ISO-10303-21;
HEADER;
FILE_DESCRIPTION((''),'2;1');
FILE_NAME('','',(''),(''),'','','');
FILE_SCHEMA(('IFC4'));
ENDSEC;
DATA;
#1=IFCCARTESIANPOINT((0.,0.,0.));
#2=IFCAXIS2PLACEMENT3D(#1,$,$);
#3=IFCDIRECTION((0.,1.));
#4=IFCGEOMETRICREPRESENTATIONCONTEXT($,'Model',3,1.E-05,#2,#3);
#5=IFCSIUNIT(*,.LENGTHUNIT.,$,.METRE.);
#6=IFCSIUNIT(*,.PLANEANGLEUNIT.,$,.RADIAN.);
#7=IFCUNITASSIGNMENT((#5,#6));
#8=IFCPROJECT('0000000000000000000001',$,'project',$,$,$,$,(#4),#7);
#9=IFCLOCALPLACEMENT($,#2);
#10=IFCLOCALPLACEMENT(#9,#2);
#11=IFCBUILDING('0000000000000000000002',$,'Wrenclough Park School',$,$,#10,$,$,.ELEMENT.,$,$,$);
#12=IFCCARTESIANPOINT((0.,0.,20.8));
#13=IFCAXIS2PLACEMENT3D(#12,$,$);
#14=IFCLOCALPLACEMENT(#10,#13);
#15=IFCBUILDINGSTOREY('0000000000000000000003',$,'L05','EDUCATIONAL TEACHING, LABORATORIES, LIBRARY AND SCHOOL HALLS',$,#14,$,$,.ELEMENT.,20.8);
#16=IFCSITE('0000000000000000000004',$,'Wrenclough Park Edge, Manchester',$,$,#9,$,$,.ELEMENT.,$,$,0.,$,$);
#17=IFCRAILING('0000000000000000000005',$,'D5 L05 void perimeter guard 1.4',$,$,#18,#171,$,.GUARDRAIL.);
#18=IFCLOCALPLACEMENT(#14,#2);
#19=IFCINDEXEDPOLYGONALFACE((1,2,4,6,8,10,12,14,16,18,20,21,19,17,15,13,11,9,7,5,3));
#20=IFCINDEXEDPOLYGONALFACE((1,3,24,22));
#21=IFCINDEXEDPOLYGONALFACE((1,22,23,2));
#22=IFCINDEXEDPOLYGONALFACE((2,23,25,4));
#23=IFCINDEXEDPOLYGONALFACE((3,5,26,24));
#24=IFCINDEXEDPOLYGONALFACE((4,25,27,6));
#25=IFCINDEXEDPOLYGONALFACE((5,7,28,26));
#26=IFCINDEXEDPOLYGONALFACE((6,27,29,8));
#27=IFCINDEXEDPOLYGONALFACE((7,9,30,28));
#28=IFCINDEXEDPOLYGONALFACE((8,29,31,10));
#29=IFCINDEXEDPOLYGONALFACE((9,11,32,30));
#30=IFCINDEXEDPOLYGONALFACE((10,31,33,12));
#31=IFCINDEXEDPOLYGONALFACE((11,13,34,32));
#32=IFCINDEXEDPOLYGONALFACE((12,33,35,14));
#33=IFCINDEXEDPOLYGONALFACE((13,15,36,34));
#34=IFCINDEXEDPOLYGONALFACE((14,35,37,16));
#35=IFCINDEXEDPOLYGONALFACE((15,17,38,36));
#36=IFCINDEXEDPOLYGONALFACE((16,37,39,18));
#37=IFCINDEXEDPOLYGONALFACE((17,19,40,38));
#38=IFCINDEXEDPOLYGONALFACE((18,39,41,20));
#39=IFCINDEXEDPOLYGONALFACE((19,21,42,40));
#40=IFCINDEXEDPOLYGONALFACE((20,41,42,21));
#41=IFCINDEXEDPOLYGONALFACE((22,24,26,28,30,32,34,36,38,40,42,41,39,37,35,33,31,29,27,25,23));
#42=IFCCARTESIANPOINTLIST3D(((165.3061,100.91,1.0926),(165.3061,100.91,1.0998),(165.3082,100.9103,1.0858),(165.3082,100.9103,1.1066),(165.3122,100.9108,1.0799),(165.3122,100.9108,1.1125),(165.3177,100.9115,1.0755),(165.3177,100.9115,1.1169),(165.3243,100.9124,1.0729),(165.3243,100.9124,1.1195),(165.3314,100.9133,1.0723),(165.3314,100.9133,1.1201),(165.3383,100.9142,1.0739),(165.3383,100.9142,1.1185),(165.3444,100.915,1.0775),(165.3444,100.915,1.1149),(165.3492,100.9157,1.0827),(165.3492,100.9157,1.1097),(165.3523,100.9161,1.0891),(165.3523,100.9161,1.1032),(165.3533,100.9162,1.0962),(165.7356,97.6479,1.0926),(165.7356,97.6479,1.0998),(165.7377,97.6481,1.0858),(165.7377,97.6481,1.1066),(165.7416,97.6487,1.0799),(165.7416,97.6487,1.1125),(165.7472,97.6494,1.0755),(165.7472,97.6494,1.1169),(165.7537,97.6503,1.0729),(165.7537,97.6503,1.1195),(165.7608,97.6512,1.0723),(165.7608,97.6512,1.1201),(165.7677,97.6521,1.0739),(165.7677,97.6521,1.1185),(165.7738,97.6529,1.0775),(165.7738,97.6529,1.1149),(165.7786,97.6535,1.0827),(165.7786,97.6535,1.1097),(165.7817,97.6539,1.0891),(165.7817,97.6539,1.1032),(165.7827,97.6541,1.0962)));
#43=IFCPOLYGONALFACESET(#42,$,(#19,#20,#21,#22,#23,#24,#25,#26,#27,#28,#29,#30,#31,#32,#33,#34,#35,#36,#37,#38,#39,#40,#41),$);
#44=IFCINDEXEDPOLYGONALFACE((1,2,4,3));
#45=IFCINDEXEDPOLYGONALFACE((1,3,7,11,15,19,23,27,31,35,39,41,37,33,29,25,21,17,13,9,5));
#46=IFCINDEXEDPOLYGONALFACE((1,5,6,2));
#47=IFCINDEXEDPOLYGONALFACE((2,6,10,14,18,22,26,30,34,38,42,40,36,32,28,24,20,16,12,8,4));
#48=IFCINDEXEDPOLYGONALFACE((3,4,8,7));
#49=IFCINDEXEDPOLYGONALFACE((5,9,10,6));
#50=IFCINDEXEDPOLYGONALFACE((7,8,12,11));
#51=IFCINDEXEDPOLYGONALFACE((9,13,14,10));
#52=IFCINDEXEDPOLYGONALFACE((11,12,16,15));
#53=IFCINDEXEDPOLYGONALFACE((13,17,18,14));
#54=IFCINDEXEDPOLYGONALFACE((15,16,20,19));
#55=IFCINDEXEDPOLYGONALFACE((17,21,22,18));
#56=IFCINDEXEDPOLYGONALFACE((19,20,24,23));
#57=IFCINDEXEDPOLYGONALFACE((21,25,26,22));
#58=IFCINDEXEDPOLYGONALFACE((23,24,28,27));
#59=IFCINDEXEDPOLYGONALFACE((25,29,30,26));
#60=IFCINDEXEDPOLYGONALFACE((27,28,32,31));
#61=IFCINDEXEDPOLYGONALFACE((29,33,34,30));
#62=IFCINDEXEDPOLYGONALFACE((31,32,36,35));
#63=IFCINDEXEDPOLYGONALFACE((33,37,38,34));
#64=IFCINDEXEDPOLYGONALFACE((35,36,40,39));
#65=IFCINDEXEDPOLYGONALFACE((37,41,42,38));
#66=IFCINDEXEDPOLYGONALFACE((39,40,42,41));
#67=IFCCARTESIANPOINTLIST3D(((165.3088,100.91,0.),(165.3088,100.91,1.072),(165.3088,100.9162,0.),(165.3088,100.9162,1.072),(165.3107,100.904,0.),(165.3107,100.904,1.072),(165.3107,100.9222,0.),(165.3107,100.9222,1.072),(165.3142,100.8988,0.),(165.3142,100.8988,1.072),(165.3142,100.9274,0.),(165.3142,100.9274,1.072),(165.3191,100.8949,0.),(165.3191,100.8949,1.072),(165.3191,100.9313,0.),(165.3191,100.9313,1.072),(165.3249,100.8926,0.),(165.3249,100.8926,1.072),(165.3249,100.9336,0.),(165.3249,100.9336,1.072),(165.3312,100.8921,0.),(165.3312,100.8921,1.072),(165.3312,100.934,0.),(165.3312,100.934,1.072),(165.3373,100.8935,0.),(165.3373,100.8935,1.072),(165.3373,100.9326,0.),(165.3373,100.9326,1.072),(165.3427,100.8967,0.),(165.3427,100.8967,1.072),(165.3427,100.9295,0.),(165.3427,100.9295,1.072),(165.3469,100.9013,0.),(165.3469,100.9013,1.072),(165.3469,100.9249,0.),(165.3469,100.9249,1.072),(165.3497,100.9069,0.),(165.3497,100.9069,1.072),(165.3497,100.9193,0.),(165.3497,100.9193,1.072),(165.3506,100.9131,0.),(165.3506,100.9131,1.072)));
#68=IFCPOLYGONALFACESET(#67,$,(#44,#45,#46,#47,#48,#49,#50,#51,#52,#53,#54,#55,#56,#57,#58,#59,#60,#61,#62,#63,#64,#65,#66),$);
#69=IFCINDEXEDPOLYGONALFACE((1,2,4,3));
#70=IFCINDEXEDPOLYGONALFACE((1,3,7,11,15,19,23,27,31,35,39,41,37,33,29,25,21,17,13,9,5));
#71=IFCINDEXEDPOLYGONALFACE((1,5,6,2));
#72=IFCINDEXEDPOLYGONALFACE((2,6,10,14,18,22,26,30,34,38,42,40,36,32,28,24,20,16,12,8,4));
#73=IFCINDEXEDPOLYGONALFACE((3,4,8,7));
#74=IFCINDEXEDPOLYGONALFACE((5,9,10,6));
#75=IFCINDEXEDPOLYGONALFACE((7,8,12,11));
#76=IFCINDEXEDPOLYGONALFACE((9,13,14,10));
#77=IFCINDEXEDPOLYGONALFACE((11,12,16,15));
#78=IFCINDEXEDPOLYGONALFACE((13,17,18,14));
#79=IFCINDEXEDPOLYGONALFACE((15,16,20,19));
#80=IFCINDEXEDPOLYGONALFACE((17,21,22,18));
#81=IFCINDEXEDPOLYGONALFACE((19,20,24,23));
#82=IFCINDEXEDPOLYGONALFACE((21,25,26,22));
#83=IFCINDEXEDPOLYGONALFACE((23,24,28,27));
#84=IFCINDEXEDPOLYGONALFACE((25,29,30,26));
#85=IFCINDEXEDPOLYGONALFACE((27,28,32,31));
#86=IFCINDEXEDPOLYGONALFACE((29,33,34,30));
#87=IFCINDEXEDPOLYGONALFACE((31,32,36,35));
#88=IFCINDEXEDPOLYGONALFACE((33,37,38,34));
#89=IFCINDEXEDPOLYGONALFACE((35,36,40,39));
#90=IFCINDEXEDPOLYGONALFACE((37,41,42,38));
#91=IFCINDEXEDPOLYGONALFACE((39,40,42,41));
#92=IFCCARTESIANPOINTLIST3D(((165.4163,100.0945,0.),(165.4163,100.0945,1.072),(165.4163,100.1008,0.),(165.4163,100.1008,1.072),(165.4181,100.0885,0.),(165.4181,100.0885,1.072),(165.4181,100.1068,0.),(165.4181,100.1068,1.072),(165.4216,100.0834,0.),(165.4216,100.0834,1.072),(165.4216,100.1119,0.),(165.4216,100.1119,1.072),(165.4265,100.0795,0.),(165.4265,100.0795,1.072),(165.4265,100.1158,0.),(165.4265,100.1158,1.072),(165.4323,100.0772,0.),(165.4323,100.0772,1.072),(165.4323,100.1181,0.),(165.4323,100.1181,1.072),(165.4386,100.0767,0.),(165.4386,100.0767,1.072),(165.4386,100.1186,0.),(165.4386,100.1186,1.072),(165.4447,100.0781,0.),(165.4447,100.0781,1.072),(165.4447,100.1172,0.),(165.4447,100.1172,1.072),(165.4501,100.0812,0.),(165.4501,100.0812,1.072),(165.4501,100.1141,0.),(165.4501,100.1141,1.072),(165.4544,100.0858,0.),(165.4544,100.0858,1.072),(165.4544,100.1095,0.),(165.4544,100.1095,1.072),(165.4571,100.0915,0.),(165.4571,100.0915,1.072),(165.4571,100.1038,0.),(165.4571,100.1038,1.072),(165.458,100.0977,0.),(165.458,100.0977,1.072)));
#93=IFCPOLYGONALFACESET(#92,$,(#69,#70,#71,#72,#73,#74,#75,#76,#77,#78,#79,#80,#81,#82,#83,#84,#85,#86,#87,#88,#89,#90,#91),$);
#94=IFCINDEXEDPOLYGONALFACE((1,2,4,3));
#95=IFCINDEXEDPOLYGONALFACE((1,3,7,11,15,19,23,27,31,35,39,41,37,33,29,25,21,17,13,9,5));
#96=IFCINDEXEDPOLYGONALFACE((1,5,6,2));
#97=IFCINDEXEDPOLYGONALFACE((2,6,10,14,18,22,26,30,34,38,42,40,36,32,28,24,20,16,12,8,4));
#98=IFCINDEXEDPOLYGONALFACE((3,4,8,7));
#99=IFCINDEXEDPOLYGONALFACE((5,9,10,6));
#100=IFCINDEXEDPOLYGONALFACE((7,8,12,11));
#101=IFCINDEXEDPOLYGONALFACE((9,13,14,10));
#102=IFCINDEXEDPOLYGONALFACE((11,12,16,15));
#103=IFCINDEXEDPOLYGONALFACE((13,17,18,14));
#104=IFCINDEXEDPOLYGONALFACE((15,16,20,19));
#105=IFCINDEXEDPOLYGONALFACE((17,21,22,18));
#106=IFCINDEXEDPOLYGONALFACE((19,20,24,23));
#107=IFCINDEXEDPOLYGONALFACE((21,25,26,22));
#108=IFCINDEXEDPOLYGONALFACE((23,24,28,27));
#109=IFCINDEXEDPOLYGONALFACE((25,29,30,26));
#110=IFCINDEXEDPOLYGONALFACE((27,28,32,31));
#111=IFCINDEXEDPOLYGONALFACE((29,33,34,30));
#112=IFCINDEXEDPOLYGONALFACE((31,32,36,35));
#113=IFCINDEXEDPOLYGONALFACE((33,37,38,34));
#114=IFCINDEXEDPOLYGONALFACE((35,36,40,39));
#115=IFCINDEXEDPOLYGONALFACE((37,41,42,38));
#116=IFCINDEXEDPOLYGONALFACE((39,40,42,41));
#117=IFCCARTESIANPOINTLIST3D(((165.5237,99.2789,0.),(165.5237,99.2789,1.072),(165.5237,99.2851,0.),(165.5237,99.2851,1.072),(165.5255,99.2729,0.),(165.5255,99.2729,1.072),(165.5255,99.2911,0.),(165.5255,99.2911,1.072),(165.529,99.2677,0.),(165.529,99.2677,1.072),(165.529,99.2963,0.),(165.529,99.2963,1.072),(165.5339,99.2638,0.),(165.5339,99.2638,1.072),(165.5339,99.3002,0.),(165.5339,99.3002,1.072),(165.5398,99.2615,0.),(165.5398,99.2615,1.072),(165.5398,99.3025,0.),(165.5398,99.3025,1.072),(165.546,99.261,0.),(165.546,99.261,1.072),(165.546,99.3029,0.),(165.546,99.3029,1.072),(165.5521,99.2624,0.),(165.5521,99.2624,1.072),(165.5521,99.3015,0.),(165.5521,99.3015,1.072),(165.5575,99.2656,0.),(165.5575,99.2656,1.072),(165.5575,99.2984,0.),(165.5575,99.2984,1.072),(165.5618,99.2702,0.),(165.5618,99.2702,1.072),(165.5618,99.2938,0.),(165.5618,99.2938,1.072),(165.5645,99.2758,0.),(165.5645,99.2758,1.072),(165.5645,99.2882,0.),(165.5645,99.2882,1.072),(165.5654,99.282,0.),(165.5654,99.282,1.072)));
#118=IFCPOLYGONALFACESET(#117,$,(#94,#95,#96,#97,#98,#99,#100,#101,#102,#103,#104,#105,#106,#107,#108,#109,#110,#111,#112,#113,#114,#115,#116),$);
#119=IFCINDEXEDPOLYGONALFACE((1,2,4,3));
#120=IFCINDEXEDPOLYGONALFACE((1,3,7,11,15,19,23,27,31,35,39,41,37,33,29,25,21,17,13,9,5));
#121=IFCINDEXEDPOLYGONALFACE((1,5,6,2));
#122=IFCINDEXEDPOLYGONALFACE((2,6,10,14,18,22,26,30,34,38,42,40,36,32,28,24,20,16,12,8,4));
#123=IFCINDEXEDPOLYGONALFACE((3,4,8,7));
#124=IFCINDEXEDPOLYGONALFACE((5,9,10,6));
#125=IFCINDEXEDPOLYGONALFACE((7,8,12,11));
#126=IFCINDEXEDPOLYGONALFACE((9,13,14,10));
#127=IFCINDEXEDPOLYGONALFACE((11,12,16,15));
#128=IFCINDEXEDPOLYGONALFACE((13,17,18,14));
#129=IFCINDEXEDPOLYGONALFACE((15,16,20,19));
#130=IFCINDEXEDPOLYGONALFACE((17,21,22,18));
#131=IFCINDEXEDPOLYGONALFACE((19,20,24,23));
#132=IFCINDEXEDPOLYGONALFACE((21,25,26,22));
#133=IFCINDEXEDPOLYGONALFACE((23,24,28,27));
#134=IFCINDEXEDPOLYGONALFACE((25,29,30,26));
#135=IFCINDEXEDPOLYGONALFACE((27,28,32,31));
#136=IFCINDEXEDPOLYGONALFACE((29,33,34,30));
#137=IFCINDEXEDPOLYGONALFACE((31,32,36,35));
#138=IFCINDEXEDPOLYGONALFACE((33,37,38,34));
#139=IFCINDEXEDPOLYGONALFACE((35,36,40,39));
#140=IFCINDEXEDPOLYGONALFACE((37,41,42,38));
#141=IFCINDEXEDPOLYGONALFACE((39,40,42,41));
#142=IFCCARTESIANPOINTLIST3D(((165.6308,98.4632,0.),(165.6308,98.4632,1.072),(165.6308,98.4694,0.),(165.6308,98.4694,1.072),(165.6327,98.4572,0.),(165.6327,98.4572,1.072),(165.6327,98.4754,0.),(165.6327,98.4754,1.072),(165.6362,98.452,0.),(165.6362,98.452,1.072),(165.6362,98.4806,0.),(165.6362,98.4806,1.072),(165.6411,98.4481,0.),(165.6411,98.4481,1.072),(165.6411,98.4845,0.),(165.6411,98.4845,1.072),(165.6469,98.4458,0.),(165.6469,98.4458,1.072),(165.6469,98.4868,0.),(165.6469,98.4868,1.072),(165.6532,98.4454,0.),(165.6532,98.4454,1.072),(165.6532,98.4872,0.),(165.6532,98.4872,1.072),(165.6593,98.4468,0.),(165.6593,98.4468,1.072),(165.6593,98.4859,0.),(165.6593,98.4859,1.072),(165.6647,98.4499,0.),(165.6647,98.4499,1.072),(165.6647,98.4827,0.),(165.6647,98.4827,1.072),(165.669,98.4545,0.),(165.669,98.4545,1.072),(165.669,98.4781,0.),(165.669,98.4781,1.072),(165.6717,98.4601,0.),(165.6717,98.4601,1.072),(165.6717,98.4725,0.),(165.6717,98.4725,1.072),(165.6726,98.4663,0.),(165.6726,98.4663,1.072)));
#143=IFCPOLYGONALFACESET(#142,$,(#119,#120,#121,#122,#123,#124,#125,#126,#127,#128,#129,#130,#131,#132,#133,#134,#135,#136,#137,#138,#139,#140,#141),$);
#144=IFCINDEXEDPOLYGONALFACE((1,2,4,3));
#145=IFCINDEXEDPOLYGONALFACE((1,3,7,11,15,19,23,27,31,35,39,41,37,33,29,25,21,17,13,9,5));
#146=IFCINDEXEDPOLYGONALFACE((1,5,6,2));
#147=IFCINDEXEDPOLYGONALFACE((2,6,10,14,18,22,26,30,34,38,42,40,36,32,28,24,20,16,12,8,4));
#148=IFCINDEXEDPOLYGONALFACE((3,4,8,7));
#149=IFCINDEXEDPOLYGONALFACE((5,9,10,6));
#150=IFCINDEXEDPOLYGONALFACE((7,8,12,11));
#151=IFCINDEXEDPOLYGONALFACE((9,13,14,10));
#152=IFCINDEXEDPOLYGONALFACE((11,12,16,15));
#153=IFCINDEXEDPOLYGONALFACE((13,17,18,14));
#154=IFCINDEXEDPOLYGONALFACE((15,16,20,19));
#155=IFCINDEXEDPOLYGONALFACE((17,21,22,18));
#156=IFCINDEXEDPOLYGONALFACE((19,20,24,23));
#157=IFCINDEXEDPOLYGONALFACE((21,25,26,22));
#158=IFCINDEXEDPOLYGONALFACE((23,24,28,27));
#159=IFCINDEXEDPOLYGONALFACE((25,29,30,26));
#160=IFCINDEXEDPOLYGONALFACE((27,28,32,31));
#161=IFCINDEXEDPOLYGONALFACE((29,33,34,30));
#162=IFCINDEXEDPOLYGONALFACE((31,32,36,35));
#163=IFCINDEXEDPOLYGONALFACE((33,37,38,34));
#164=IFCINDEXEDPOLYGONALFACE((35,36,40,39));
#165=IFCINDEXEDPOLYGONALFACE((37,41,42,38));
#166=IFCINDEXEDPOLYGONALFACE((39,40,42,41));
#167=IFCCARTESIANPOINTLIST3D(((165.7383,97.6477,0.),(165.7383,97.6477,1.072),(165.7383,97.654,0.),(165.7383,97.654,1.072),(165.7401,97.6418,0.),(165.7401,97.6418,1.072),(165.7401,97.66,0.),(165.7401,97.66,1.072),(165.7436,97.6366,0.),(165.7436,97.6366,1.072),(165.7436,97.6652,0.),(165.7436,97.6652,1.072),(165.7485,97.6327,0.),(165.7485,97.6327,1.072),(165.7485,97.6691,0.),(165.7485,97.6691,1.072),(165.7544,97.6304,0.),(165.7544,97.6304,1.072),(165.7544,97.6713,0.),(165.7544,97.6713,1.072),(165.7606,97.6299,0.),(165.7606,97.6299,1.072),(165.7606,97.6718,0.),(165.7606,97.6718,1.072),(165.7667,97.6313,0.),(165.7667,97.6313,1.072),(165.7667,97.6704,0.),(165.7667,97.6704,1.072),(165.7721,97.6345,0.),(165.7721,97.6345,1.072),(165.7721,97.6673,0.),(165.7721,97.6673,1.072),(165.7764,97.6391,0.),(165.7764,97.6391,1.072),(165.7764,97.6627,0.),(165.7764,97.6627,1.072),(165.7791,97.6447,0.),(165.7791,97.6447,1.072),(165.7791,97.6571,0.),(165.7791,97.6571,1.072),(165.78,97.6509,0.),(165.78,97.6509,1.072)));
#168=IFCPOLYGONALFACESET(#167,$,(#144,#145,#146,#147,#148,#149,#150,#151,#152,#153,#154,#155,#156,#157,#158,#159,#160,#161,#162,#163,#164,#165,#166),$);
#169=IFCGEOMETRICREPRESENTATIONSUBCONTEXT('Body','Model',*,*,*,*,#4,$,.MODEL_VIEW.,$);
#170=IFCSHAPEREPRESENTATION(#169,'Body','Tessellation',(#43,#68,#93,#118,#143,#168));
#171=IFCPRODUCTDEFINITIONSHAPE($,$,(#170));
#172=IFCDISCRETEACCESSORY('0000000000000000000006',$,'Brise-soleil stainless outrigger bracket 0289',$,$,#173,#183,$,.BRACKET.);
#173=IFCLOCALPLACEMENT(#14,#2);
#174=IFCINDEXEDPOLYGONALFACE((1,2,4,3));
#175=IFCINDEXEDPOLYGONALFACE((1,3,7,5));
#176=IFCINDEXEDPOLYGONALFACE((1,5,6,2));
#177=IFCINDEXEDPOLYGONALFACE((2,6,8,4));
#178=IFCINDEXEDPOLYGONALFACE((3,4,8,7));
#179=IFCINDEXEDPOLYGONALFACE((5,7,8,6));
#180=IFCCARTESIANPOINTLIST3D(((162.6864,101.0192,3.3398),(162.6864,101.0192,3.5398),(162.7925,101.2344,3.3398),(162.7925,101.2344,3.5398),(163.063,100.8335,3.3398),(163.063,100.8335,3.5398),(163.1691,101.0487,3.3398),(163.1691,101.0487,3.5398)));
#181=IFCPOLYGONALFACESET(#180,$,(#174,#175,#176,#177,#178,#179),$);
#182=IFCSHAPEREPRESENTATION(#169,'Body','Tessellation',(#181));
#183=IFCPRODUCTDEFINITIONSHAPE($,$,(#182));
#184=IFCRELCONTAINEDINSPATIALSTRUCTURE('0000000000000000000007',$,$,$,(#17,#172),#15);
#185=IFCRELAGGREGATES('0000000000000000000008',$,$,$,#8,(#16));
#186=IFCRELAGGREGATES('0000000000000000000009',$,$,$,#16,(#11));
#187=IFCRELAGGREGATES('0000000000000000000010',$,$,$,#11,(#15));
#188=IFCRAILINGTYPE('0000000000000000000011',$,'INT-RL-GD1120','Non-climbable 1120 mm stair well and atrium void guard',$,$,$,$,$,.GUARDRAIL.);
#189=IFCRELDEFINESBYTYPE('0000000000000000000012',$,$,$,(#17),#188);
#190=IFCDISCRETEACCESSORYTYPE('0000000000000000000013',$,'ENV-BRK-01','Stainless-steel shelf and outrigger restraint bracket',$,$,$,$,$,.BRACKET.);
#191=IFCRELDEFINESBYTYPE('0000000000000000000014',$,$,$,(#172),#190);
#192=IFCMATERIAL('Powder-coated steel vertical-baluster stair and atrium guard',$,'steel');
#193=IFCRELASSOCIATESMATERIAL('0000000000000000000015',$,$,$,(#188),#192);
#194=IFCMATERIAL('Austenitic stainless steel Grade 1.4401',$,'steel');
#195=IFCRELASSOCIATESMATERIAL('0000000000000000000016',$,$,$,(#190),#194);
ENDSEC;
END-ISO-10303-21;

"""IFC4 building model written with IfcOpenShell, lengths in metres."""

from ifc_helpers import new_model, si_unit, direction, frame, origin, origin_2d, place, context, subcontext, project, spatial, rectangle, circle, extrude, material, type_object, element, save


model = new_model("IFC4")

# Units and contexts
model_context = context("Model", 3, precision=1e-05, world=origin(), true_north=direction((0.0, 1.0)))
body_context = subcontext(model_context, "Body", "Model", "MODEL_VIEW")
ifc_project = project(units=[si_unit("LENGTHUNIT", "METRE"), si_unit("PLANEANGLEUNIT", "RADIAN")], contexts=[model_context])

# Site, building, storey
site_placement = place(None, origin())
site = spatial("IfcSite", under=ifc_project, at=site_placement, Name="Wrenclough Park Edge, Manchester", CompositionType="ELEMENT", RefElevation=0.0)
building_placement = place(site_placement, origin())
building = spatial("IfcBuilding", under=site, at=building_placement, Name="Wrenclough Park School", CompositionType="ELEMENT")
storey_placement = place(building_placement, frame((0.0, 0.0, 20.8)))
storey = spatial("IfcBuildingStorey", under=building, at=storey_placement, Name="L05", Description="EDUCATIONAL TEACHING, LABORATORIES, LIBRARY AND SCHOOL HALLS", CompositionType="ELEMENT", Elevation=20.8)

# Railing
ifc_material_1 = material(Name="Powder-coated steel vertical-baluster stair and atrium guard", Category="steel")
railing_type = type_object("IfcRailingType", Name="INT-RL-GD1120", Description="Non-climbable 1120 mm stair well and atrium void guard", PredefinedType="GUARDRAIL", material=ifc_material_1)
railing_1_placement = place(storey_placement, frame((165.3296, 100.9131, 0.0)))
element("IfcRailing", 1, at=railing_1_placement, inside=storey, type_object=railing_type, Name="D5 L05 void perimeter guard 1.4", PredefinedType="GUARDRAIL", context=body_context, shape_type="SweptSolid", body=[
    extrude(circle(Radius=0.0239, at=origin_2d()), frame((0.0, 0.0, 1.0962), z_axis=(0.130516, -0.991446, 0.0), x_axis=(0.991446, 0.130516, 0.0)), (0.0, 0.0, 1.0), 3.2903),
    extrude(circle(Radius=0.021, at=origin_2d()), origin(), (0.0, 0.0, 1.0), 1.072),
    extrude(circle(Radius=0.021, at=origin_2d()), frame((0.1074, -0.8154, 0.0)), (0.0, 0.0, 1.0), 1.072),
    extrude(circle(Radius=0.021, at=origin_2d()), frame((0.2148, -1.6311, 0.0)), (0.0, 0.0, 1.0), 1.072),
    extrude(circle(Radius=0.021, at=origin_2d()), frame((0.322, -2.4468, 0.0)), (0.0, 0.0, 1.0), 1.072),
    extrude(circle(Radius=0.021, at=origin_2d()), frame((0.4294, -3.2622, 0.0)), (0.0, 0.0, 1.0), 1.072),
])

# Discrete accessory
ifc_material_2 = material(Name="Austenitic stainless steel Grade 1.4401", Category="steel")
discrete_accessory_type = type_object("IfcDiscreteAccessoryType", Name="ENV-BRK-01", Description="Stainless-steel shelf and outrigger restraint bracket", PredefinedType="BRACKET", material=ifc_material_2)
discrete_accessory_placement = place(storey_placement, frame((162.9277, 101.0339, 3.3398), z_axis=(0.0, 0.0, 1.0), x_axis=(-0.442301, -0.896867, 0.0)))
element("IfcDiscreteAccessory", 2, at=discrete_accessory_placement, inside=storey, type_object=discrete_accessory_type, Name="Brise-soleil stainless outrigger bracket 0289", PredefinedType="BRACKET", context=body_context, shape_type="SweptSolid", body=[
    extrude(rectangle(XDim=0.24, YDim=0.4199, at=origin_2d()), origin(), (0.0, 0.0, 1.0), 0.2),
])

save(model, "model.ifc")
